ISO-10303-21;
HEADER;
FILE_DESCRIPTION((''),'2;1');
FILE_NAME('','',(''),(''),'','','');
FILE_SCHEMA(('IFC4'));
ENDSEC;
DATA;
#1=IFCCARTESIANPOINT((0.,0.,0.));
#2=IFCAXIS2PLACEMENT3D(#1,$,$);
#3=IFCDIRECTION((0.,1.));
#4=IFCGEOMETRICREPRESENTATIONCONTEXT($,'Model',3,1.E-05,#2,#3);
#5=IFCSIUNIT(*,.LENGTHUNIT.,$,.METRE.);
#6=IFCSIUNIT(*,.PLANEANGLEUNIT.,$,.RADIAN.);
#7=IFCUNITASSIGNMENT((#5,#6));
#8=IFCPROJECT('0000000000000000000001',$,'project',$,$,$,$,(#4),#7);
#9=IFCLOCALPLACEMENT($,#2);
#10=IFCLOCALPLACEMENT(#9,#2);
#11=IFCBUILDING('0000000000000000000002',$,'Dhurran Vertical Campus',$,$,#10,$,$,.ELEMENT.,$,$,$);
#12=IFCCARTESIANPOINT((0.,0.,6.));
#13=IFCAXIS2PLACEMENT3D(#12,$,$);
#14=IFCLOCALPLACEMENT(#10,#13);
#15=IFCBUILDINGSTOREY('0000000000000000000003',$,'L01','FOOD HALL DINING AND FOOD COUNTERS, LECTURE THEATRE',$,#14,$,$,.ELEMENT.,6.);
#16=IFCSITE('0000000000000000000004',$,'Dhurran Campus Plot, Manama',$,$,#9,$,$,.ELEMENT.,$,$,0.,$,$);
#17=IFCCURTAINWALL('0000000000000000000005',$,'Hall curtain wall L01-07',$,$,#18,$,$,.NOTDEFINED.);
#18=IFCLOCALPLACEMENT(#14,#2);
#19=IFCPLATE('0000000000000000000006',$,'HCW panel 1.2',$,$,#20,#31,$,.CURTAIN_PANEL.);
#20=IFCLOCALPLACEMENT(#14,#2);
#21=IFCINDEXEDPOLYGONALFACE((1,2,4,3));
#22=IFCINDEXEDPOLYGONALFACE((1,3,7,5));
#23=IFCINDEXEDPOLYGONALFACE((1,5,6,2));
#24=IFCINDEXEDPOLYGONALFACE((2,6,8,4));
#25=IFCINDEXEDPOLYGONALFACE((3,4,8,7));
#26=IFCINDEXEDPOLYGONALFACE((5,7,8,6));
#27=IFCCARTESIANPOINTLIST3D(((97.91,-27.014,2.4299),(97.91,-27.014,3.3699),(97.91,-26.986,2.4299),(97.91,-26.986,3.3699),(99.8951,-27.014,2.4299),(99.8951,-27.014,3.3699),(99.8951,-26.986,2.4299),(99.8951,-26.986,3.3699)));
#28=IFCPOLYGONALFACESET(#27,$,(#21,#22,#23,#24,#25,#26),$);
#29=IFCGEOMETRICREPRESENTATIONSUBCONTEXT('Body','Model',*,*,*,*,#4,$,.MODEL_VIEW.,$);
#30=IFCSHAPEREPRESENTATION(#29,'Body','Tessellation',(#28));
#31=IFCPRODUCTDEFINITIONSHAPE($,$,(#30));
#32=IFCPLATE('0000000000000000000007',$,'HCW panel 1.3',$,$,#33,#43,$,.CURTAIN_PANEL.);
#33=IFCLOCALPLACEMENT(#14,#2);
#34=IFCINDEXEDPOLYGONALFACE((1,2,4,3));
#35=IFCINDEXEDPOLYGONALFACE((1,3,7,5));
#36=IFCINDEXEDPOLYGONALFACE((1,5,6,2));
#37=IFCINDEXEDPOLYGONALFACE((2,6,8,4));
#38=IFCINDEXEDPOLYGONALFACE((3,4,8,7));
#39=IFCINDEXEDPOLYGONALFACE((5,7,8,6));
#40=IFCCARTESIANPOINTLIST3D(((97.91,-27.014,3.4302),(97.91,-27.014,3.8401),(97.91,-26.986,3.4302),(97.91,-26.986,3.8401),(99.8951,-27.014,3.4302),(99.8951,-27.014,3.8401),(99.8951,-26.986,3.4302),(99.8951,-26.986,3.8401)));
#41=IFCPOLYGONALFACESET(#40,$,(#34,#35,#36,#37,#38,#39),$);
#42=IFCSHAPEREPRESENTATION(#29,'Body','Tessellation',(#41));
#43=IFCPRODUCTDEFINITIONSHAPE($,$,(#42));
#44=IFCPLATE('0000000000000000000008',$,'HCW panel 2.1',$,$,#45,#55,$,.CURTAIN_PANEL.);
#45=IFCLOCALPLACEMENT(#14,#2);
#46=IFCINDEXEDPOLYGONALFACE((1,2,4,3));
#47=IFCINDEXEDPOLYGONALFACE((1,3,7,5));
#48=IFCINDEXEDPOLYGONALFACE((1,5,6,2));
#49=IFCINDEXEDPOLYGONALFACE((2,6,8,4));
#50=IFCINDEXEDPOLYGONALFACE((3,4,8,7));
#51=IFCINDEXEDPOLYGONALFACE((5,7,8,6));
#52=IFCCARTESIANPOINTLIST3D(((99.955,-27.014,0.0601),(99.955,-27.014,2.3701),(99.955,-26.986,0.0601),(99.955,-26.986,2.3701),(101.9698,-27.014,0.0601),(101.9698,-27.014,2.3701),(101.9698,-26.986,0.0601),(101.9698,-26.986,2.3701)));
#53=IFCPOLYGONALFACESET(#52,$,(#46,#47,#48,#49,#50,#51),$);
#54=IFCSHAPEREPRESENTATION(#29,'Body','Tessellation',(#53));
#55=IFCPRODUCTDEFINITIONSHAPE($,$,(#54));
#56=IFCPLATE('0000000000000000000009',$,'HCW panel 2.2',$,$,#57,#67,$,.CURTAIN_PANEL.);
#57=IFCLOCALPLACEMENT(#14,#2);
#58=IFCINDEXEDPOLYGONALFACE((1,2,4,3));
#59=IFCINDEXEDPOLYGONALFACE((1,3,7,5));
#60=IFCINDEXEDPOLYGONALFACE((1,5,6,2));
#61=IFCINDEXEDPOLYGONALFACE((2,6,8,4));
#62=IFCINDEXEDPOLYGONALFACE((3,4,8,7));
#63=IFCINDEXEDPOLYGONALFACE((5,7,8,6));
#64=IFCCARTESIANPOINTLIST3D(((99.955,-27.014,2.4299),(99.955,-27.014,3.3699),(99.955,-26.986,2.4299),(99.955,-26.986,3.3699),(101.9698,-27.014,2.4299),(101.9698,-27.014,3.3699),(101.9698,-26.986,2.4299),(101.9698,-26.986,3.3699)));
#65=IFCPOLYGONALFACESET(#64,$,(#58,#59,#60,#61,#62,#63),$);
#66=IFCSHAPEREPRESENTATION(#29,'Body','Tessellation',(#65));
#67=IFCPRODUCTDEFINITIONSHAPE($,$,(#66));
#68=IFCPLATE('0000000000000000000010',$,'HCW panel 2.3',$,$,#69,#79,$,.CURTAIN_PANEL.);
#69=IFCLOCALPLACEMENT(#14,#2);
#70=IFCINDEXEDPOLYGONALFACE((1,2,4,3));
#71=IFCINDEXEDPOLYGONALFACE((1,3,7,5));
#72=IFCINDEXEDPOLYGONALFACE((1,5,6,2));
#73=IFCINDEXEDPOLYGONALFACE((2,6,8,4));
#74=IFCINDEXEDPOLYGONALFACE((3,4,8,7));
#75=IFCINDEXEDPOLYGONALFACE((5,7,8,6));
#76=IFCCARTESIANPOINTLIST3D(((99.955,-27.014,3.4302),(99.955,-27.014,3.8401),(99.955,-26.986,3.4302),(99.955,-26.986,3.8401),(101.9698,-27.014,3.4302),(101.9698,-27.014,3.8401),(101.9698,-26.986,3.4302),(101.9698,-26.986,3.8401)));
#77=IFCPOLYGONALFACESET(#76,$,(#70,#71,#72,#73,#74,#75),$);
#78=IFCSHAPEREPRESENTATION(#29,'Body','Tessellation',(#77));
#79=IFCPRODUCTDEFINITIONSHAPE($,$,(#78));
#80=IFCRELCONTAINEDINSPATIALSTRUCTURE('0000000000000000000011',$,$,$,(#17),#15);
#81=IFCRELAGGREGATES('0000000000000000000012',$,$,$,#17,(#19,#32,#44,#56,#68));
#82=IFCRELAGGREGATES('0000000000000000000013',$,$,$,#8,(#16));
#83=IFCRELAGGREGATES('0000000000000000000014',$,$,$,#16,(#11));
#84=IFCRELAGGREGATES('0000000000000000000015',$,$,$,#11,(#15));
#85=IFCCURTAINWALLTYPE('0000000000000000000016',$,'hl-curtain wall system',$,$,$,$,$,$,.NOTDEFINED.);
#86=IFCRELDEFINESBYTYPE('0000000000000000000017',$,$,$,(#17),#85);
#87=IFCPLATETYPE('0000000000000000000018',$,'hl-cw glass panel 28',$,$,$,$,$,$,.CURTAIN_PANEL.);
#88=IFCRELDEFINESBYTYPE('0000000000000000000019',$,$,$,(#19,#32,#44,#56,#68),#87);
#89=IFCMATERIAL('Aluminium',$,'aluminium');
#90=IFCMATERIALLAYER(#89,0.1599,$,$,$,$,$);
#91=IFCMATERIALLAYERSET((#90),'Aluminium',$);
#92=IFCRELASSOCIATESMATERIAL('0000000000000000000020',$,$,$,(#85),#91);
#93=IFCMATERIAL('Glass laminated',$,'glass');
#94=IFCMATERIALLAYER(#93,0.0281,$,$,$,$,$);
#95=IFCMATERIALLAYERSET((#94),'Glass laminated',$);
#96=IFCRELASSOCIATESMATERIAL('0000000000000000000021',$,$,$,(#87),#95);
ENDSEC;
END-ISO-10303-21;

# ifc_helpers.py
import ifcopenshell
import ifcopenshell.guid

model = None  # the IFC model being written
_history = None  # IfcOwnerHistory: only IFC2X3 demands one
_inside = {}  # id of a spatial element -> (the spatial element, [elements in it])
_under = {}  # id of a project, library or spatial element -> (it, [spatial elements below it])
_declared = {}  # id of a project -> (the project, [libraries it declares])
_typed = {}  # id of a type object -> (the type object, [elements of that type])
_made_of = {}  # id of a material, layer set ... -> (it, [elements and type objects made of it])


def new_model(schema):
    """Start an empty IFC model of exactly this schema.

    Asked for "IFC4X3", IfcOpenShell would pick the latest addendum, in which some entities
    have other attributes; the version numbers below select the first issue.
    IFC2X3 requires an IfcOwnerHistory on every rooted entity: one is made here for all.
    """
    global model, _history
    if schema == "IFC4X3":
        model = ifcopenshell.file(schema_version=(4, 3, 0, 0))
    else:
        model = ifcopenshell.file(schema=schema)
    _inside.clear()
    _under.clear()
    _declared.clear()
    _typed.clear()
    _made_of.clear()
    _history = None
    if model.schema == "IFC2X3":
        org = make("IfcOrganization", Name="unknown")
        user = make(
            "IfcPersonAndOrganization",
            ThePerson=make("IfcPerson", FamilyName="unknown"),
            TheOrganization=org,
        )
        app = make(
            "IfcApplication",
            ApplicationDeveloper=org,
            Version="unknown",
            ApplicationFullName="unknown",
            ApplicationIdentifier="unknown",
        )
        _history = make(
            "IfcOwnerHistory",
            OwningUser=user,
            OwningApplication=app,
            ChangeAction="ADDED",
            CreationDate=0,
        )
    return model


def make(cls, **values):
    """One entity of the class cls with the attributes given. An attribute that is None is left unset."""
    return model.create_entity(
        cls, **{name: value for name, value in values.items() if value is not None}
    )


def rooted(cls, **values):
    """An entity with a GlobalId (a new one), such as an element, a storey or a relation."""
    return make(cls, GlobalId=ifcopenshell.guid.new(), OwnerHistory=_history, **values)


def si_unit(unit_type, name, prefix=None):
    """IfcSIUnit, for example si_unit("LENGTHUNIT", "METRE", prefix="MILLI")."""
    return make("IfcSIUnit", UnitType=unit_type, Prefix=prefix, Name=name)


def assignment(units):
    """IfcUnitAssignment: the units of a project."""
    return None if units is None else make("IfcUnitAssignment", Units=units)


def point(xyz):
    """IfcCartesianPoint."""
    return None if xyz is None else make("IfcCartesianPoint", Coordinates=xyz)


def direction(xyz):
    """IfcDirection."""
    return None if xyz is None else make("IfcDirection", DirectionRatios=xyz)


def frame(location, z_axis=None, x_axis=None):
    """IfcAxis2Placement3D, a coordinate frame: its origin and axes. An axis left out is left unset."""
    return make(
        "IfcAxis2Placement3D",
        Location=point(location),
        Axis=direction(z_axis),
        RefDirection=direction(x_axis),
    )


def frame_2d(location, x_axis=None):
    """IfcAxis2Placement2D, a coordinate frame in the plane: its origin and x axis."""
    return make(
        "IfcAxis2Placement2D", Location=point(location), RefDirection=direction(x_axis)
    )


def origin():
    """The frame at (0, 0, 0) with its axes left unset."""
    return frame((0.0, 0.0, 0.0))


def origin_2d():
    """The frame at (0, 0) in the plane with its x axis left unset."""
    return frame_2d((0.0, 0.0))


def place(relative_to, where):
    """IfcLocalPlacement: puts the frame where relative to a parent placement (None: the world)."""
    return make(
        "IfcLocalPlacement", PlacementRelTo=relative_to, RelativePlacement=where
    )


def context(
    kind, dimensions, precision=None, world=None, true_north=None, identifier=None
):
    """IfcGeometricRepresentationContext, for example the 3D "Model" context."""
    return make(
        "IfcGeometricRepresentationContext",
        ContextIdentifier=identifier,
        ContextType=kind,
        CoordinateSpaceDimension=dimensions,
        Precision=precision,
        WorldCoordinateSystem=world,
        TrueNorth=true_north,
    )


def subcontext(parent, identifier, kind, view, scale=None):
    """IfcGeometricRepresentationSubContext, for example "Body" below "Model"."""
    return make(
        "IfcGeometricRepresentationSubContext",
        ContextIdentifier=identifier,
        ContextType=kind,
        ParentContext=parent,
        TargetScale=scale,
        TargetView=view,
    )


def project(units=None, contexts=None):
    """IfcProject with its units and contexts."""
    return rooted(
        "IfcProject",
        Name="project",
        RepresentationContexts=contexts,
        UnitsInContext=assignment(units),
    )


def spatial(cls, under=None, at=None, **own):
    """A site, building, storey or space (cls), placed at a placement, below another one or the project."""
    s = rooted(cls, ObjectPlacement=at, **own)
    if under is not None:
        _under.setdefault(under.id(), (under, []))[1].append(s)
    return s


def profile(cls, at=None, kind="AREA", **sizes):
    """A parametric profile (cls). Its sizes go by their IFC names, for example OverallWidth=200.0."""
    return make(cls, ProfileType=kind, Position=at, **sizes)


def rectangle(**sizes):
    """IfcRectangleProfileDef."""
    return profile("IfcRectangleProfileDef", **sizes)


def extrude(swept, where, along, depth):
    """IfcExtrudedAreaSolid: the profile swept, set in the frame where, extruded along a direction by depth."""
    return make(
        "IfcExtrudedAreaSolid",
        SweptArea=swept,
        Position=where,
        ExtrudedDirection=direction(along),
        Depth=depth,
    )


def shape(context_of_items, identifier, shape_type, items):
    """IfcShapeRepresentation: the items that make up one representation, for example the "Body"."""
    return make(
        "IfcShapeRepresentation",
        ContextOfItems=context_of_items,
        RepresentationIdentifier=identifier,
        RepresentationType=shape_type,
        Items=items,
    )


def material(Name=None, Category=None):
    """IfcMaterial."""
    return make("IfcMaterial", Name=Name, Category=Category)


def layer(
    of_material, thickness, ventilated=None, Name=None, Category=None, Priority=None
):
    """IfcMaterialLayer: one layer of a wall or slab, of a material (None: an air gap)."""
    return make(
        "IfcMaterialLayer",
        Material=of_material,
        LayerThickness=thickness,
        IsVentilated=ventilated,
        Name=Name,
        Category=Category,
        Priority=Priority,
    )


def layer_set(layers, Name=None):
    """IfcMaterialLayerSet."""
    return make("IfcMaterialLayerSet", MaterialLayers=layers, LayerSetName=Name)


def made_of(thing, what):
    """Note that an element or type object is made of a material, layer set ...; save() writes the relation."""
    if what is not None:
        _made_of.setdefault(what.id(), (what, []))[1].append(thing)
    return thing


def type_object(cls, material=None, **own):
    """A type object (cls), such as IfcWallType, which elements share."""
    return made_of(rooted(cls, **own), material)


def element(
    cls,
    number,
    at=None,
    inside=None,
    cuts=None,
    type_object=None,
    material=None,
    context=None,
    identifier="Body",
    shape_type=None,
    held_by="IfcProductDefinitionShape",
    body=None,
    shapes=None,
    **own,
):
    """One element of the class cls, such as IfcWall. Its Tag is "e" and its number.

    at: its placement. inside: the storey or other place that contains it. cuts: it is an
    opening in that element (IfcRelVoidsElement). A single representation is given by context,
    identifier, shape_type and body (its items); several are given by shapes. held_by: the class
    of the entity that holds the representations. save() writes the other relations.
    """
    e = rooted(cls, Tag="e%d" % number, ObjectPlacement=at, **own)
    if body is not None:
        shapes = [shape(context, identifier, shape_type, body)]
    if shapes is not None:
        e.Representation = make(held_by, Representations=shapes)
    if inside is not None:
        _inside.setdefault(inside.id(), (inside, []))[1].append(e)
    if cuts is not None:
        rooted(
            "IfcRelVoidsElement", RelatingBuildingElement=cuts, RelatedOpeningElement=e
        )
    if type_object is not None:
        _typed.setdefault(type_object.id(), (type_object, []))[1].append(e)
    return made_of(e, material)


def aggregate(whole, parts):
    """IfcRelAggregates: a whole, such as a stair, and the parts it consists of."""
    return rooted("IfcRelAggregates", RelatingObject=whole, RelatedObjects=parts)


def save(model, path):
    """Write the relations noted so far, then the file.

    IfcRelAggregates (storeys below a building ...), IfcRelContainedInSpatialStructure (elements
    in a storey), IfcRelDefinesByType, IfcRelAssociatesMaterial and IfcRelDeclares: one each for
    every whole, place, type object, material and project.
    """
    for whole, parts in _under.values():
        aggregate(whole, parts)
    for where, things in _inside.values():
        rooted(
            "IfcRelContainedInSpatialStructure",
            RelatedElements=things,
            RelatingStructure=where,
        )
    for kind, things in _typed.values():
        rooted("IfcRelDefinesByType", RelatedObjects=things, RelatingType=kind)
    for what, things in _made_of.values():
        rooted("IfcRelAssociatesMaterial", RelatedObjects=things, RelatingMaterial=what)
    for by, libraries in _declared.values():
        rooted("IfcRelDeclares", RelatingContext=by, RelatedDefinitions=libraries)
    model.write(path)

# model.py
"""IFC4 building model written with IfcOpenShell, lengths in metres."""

from ifc_helpers import new_model, si_unit, direction, frame, origin, origin_2d, place, context, subcontext, project, spatial, rectangle, extrude, material, layer, layer_set, type_object, element, aggregate, save


model = new_model("IFC4")

# Units and contexts
model_context = context("Model", 3, precision=1e-05, world=origin(), true_north=direction((0.0, 1.0)))
body_context = subcontext(model_context, "Body", "Model", "MODEL_VIEW")
ifc_project = project(units=[si_unit("LENGTHUNIT", "METRE"), si_unit("PLANEANGLEUNIT", "RADIAN")], contexts=[model_context])

# Site, building, storey
site_placement = place(None, origin())
site = spatial("IfcSite", under=ifc_project, at=site_placement, Name="Dhurran Campus Plot, Manama", CompositionType="ELEMENT", RefElevation=0.0)
building_placement = place(site_placement, origin())
building = spatial("IfcBuilding", under=site, at=building_placement, Name="Dhurran Vertical Campus", CompositionType="ELEMENT")
storey_placement = place(building_placement, frame((0.0, 0.0, 6.0)))
storey = spatial("IfcBuildingStorey", under=building, at=storey_placement, Name="L01", Description="FOOD HALL DINING AND FOOD COUNTERS, LECTURE THEATRE", CompositionType="ELEMENT", Elevation=6.0)

# Curtain wall
ifc_material_1 = material(Name="Aluminium", Category="aluminium")
ifc_layer_1 = layer(ifc_material_1, 0.1599)
ifc_layer_set_1 = layer_set([ifc_layer_1], Name="Aluminium")
curtain_wall_type = type_object("IfcCurtainWallType", Name="hl-curtain wall system", PredefinedType="NOTDEFINED", material=ifc_layer_set_1)
curtain_wall_1_placement = place(storey_placement, origin())
curtain_wall_1 = element("IfcCurtainWall", 1, at=curtain_wall_1_placement, inside=storey, type_object=curtain_wall_type, Name="Hall curtain wall L01-07", PredefinedType="NOTDEFINED")

# Plates
ifc_material_2 = material(Name="Glass laminated", Category="glass")
ifc_layer_2 = layer(ifc_material_2, 0.0281)
ifc_layer_set_2 = layer_set([ifc_layer_2], Name="Glass laminated")
plate_type = type_object("IfcPlateType", Name="hl-cw glass panel 28", PredefinedType="CURTAIN_PANEL", material=ifc_layer_set_2)
plate_1_placement = place(storey_placement, frame((98.9026, -27.0, 2.4299), z_axis=(0.0, 0.0, 1.0), x_axis=(1.0, 0.0, 0.0)))
plate_1 = element("IfcPlate", 2, at=plate_1_placement, type_object=plate_type, Name="HCW panel 1.2", PredefinedType="CURTAIN_PANEL", context=body_context, shape_type="SweptSolid", body=[
    extrude(rectangle(XDim=1.9851, YDim=0.0281, at=origin_2d()), origin(), (0.0, 0.0, 1.0), 0.9399),
])
plate_2_placement = place(storey_placement, frame((98.9026, -27.0, 3.4302), z_axis=(0.0, 0.0, 1.0), x_axis=(1.0, 0.0, 0.0)))
plate_2 = element("IfcPlate", 3, at=plate_2_placement, type_object=plate_type, Name="HCW panel 1.3", PredefinedType="CURTAIN_PANEL", context=body_context, shape_type="SweptSolid", body=[
    extrude(rectangle(XDim=1.9851, YDim=0.0281, at=origin_2d()), origin(), (0.0, 0.0, 1.0), 0.4099),
])
plate_3_placement = place(storey_placement, frame((100.9624, -27.0, 0.0601), z_axis=(0.0, 0.0, 1.0), x_axis=(1.0, 0.0, 0.0)))
plate_3 = element("IfcPlate", 4, at=plate_3_placement, type_object=plate_type, Name="HCW panel 2.1", PredefinedType="CURTAIN_PANEL", context=body_context, shape_type="SweptSolid", body=[
    extrude(rectangle(XDim=2.0149, YDim=0.0281, at=origin_2d()), origin(), (0.0, 0.0, 1.0), 2.3101),
])
plate_4_placement = place(storey_placement, frame((100.9624, -27.0, 2.4299), z_axis=(0.0, 0.0, 1.0), x_axis=(1.0, 0.0, 0.0)))
plate_4 = element("IfcPlate", 5, at=plate_4_placement, type_object=plate_type, Name="HCW panel 2.2", PredefinedType="CURTAIN_PANEL", context=body_context, shape_type="SweptSolid", body=[
    extrude(rectangle(XDim=2.0149, YDim=0.0281, at=origin_2d()), origin(), (0.0, 0.0, 1.0), 0.9399),
])
plate_5_placement = place(storey_placement, frame((100.9624, -27.0, 3.4302), z_axis=(0.0, 0.0, 1.0), x_axis=(1.0, 0.0, 0.0)))
plate_5 = element("IfcPlate", 6, at=plate_5_placement, type_object=plate_type, Name="HCW panel 2.3", PredefinedType="CURTAIN_PANEL", context=body_context, shape_type="SweptSolid", body=[
    extrude(rectangle(XDim=2.0149, YDim=0.0281, at=origin_2d()), origin(), (0.0, 0.0, 1.0), 0.4099),
])
aggregate(curtain_wall_1, [plate_1, plate_2, plate_3, plate_4, plate_5])

save(model, "model.ifc")
